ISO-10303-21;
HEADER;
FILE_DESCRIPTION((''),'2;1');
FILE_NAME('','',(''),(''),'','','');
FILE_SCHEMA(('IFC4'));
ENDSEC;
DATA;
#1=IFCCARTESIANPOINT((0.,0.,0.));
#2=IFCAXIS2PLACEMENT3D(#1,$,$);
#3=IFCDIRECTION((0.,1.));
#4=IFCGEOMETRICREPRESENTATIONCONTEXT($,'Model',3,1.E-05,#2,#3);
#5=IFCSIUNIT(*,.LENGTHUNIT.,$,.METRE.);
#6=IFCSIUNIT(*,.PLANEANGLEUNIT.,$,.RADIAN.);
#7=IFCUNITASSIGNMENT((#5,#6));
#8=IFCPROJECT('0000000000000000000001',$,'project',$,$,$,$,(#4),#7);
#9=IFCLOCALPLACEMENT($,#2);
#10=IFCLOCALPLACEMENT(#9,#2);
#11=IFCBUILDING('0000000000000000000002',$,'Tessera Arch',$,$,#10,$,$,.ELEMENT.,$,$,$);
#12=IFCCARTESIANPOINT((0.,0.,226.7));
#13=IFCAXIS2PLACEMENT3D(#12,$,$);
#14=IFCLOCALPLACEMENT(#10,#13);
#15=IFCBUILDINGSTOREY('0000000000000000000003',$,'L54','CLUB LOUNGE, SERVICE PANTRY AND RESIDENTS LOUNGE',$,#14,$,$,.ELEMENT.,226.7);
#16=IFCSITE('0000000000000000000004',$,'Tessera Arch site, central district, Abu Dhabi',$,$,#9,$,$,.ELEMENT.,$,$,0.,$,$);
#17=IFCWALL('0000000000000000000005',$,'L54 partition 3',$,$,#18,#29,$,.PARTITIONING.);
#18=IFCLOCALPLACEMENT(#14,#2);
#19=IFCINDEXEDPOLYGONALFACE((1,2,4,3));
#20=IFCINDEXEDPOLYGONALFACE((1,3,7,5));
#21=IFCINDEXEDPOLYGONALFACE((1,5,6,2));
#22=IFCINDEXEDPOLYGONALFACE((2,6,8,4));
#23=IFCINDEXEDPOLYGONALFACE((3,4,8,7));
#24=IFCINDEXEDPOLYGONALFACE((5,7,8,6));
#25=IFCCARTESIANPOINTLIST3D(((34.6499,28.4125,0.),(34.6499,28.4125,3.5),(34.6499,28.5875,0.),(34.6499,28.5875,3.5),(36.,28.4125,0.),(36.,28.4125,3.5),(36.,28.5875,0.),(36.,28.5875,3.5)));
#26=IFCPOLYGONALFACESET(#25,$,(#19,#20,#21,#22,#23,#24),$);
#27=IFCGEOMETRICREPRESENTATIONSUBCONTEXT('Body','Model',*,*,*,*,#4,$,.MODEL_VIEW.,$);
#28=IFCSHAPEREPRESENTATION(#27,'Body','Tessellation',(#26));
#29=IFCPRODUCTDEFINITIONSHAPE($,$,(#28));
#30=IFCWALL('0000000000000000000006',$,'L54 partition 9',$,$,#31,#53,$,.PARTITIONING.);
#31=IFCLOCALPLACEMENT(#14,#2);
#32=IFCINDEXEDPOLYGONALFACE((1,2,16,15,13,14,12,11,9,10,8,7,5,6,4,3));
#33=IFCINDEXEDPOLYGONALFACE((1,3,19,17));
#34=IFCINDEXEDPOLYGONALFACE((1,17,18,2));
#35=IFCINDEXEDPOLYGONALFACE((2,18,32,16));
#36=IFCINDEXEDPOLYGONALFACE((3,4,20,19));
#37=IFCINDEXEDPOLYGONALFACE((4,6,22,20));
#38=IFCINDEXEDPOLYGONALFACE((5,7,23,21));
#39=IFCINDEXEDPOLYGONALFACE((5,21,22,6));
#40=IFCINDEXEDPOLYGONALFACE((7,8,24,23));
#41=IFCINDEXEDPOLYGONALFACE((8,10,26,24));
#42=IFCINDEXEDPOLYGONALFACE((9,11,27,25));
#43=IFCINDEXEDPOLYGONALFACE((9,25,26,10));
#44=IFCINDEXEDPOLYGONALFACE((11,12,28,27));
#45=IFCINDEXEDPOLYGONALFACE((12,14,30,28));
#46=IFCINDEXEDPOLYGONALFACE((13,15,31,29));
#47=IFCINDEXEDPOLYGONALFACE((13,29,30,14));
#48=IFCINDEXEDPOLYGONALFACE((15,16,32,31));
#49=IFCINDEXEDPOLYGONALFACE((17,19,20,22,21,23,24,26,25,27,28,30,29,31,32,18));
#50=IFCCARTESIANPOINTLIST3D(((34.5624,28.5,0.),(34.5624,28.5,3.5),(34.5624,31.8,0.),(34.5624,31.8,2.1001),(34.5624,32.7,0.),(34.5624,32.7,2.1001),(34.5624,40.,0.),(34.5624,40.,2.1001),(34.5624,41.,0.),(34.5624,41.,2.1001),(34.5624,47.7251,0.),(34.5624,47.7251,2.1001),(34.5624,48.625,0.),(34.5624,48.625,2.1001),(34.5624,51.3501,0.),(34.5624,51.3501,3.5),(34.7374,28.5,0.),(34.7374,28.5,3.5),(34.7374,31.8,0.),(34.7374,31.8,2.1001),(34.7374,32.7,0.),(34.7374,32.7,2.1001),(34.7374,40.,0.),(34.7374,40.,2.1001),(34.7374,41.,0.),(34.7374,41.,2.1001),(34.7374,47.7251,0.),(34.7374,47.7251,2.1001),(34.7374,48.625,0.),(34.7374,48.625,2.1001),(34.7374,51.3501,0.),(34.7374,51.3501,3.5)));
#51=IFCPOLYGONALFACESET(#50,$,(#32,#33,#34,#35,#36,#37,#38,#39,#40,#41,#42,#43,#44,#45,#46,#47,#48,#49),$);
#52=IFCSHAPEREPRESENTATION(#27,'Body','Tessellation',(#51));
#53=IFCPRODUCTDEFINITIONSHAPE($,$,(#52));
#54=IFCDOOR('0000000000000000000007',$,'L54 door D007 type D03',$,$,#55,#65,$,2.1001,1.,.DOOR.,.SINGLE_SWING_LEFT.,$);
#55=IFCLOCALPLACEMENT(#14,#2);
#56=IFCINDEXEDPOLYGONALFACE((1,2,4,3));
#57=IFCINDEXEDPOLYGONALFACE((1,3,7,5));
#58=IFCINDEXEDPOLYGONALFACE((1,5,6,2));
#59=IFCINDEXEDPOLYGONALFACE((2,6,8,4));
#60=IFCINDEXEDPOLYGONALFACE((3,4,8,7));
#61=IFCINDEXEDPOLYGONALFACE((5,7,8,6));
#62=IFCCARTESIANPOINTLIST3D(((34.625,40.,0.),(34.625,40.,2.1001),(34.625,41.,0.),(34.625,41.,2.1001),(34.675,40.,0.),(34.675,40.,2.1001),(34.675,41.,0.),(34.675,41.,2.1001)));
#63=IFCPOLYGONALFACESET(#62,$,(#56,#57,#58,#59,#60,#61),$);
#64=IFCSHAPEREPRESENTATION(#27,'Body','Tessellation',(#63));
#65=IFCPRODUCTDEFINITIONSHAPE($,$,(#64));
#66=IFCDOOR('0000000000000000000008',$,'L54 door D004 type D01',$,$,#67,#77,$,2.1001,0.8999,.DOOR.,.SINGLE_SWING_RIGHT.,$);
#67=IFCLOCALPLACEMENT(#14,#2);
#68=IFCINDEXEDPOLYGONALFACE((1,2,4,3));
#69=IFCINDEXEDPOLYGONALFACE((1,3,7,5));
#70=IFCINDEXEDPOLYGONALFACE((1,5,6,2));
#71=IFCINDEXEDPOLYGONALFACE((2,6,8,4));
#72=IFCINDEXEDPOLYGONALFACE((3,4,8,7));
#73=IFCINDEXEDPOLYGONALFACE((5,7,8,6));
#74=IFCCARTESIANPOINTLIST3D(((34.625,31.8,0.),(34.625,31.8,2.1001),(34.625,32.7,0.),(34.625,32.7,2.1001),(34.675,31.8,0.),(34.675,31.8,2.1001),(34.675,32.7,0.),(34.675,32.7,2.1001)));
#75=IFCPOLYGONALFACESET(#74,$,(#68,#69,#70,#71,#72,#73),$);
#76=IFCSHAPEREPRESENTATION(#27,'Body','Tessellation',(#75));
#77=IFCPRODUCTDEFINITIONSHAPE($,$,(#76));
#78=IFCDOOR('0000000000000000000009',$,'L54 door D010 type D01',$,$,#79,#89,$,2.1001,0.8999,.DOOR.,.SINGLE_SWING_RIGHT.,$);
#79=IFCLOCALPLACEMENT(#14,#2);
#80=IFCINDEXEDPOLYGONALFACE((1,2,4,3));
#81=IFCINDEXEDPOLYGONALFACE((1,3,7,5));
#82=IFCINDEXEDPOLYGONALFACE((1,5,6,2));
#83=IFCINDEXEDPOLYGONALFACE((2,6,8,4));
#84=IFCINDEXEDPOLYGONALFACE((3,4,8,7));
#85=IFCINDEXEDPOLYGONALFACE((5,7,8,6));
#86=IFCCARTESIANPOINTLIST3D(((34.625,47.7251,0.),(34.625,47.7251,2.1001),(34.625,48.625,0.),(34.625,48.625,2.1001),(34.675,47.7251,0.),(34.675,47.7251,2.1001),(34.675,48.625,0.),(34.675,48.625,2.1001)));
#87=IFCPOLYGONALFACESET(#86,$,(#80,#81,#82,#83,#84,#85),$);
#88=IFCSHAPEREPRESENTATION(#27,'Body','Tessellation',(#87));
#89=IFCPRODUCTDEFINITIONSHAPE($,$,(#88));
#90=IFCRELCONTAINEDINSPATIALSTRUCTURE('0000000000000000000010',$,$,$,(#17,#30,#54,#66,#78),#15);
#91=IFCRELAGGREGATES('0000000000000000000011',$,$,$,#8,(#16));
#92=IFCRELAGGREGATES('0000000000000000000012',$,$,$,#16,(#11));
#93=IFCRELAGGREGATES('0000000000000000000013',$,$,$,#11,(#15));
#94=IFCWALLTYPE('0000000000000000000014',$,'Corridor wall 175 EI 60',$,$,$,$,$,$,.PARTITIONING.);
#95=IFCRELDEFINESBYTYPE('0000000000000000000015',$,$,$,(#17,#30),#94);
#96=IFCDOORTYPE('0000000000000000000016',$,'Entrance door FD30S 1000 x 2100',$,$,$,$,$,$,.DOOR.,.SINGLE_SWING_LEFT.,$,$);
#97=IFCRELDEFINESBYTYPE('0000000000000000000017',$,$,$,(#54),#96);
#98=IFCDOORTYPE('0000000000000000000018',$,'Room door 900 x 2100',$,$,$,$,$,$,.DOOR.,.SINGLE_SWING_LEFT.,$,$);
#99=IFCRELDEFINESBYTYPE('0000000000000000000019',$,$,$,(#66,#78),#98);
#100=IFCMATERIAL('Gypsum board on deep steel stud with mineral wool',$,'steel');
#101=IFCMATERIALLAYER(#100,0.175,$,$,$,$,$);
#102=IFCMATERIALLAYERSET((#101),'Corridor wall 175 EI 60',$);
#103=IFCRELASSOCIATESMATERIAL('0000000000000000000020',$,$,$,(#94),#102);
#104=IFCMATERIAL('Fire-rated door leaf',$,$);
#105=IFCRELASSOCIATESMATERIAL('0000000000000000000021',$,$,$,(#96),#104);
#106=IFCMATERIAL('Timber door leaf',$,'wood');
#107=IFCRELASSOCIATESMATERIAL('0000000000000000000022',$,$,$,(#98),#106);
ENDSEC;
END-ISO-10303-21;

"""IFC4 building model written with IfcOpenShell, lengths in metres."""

from ifc_helpers import new_model, si_unit, direction, frame, frame_2d, origin, place, context, subcontext, project, spatial, rectangle, extrude, material, layer, layer_set, type_object, element, fill, save


model = new_model("IFC4")

# Units and contexts
model_context = context("Model", 3, precision=1e-05, world=origin(), true_north=direction((0.0, 1.0)))
body_context = subcontext(model_context, "Body", "Model", "MODEL_VIEW")
ifc_project = project(units=[si_unit("LENGTHUNIT", "METRE"), si_unit("PLANEANGLEUNIT", "RADIAN")], contexts=[model_context])

# Site, building, storey
site_placement = place(None, origin())
site = spatial("IfcSite", under=ifc_project, at=site_placement, Name="Tessera Arch site, central district, Abu Dhabi", CompositionType="ELEMENT", RefElevation=0.0)
building_placement = place(site_placement, origin())
building = spatial("IfcBuilding", under=site, at=building_placement, Name="Tessera Arch", CompositionType="ELEMENT")
storey_placement = place(building_placement, frame((0.0, 0.0, 226.7)))
storey = spatial("IfcBuildingStorey", under=building, at=storey_placement, Name="L54", Description="CLUB LOUNGE, SERVICE PANTRY AND RESIDENTS LOUNGE", CompositionType="ELEMENT", Elevation=226.7)

# Wall
ifc_material_1 = material(Name="Gypsum board on deep steel stud with mineral wool", Category="steel")
ifc_layer_1 = layer(ifc_material_1, 0.175)
ifc_layer_set_1 = layer_set([ifc_layer_1], Name="Corridor wall 175 EI 60")
wall_type = type_object("IfcWallType", Name="Corridor wall 175 EI 60", PredefinedType="PARTITIONING", material=ifc_layer_set_1)
wall_1_placement = place(storey_placement, frame((34.6499, 28.5, 0.0), z_axis=(0.0, 0.0, 1.0), x_axis=(1.0, 0.0, 0.0)))
element("IfcWall", 1, at=wall_1_placement, inside=storey, type_object=wall_type, Name="L54 partition 3", PredefinedType="PARTITIONING", context=body_context, shape_type="SweptSolid", body=[
    extrude(rectangle(XDim=1.3501, YDim=0.175, at=frame_2d((0.675, 0.0))), origin(), (0.0, 0.0, 1.0), 3.5),
])

# Wall, openings, doors
wall_2_placement = place(storey_placement, frame((34.6499, 28.5, 0.0), z_axis=(0.0, 0.0, 1.0), x_axis=(0.0, 1.0, 0.0)))
wall_2 = element("IfcWall", 2, at=wall_2_placement, inside=storey, type_object=wall_type, Name="L54 partition 9", PredefinedType="PARTITIONING", context=body_context, shape_type="SweptSolid", body=[
    extrude(rectangle(XDim=22.8501, YDim=0.175, at=frame_2d((11.425, 0.0))), origin(), (0.0, 0.0, 1.0), 3.5),
])
opening_1_placement = place(wall_2_placement, frame((3.3, 0.0, 0.0)))
opening_1 = element("IfcOpeningElement", 3, at=opening_1_placement, cuts=wall_2, PredefinedType="OPENING", context=body_context, shape_type="SweptSolid", body=[
    extrude(rectangle(XDim=0.8999, YDim=2.1001, at=frame_2d((0.45, 1.05))), frame((0.0, 0.0974, 0.0), z_axis=(0.0, -1.0, 0.0), x_axis=(1.0, 0.0, 0.0)), (0.0, 0.0, 1.0), 0.1951),
])
opening_2_placement = place(wall_2_placement, frame((11.5, 0.0, 0.0)))
opening_2 = element("IfcOpeningElement", 4, at=opening_2_placement, cuts=wall_2, PredefinedType="OPENING", context=body_context, shape_type="SweptSolid", body=[
    extrude(rectangle(XDim=1.0, YDim=2.1001, at=frame_2d((0.5, 1.05))), frame((0.0, 0.0974, 0.0), z_axis=(0.0, -1.0, 0.0), x_axis=(1.0, 0.0, 0.0)), (0.0, 0.0, 1.0), 0.1951),
])
opening_3_placement = place(wall_2_placement, frame((19.2251, 0.0, 0.0)))
opening_3 = element("IfcOpeningElement", 5, at=opening_3_placement, cuts=wall_2, PredefinedType="OPENING", context=body_context, shape_type="SweptSolid", body=[
    extrude(rectangle(XDim=0.8999, YDim=2.1001, at=frame_2d((0.45, 1.05))), frame((0.0, 0.0974, 0.0), z_axis=(0.0, -1.0, 0.0), x_axis=(1.0, 0.0, 0.0)), (0.0, 0.0, 1.0), 0.1951),
])
ifc_material_2 = material(Name="Fire-rated door leaf")
door_type_1 = type_object("IfcDoorType", Name="Entrance door FD30S 1000 x 2100", OperationType="SINGLE_SWING_LEFT", PredefinedType="DOOR", material=ifc_material_2)
door_1_placement = place(opening_2_placement, origin())
door_1 = element("IfcDoor", 6, at=door_1_placement, inside=storey, type_object=door_type_1, Name="L54 door D007 type D03", OperationType="SINGLE_SWING_LEFT", OverallHeight=2.1001, OverallWidth=1.0, PredefinedType="DOOR", context=body_context, shape_type="SweptSolid", body=[
    extrude(rectangle(XDim=1.0, YDim=2.1001, at=frame_2d((0.5, 1.05))), frame((0.0, 0.0249, 0.0), z_axis=(0.0, -1.0, 0.0), x_axis=(1.0, 0.0, 0.0)), (0.0, 0.0, 1.0), 0.05),
])
fill(opening_2, door_1)
ifc_material_3 = material(Name="Timber door leaf", Category="wood")
door_type_2 = type_object("IfcDoorType", Name="Room door 900 x 2100", OperationType="SINGLE_SWING_LEFT", PredefinedType="DOOR", material=ifc_material_3)
door_2_placement = place(opening_1_placement, origin())
door_2 = element("IfcDoor", 7, at=door_2_placement, inside=storey, type_object=door_type_2, Name="L54 door D004 type D01", OperationType="SINGLE_SWING_RIGHT", OverallHeight=2.1001, OverallWidth=0.8999, PredefinedType="DOOR", context=body_context, shape_type="SweptSolid", body=[
    extrude(rectangle(XDim=0.8999, YDim=2.1001, at=frame_2d((0.45, 1.05))), frame((0.0, 0.0249, 0.0), z_axis=(0.0, -1.0, 0.0), x_axis=(1.0, 0.0, 0.0)), (0.0, 0.0, 1.0), 0.05),
])
fill(opening_1, door_2)
door_3_placement = place(opening_3_placement, origin())
door_3 = element("IfcDoor", 8, at=door_3_placement, inside=storey, type_object=door_type_2, Name="L54 door D010 type D01", OperationType="SINGLE_SWING_RIGHT", OverallHeight=2.1001, OverallWidth=0.8999, PredefinedType="DOOR", context=body_context, shape_type="SweptSolid", body=[
    extrude(rectangle(XDim=0.8999, YDim=2.1001, at=frame_2d((0.45, 1.05))), frame((0.0, 0.0249, 0.0), z_axis=(0.0, -1.0, 0.0), x_axis=(1.0, 0.0, 0.0)), (0.0, 0.0, 1.0), 0.05),
])
fill(opening_3, door_3)

save(model, "model.ifc")
